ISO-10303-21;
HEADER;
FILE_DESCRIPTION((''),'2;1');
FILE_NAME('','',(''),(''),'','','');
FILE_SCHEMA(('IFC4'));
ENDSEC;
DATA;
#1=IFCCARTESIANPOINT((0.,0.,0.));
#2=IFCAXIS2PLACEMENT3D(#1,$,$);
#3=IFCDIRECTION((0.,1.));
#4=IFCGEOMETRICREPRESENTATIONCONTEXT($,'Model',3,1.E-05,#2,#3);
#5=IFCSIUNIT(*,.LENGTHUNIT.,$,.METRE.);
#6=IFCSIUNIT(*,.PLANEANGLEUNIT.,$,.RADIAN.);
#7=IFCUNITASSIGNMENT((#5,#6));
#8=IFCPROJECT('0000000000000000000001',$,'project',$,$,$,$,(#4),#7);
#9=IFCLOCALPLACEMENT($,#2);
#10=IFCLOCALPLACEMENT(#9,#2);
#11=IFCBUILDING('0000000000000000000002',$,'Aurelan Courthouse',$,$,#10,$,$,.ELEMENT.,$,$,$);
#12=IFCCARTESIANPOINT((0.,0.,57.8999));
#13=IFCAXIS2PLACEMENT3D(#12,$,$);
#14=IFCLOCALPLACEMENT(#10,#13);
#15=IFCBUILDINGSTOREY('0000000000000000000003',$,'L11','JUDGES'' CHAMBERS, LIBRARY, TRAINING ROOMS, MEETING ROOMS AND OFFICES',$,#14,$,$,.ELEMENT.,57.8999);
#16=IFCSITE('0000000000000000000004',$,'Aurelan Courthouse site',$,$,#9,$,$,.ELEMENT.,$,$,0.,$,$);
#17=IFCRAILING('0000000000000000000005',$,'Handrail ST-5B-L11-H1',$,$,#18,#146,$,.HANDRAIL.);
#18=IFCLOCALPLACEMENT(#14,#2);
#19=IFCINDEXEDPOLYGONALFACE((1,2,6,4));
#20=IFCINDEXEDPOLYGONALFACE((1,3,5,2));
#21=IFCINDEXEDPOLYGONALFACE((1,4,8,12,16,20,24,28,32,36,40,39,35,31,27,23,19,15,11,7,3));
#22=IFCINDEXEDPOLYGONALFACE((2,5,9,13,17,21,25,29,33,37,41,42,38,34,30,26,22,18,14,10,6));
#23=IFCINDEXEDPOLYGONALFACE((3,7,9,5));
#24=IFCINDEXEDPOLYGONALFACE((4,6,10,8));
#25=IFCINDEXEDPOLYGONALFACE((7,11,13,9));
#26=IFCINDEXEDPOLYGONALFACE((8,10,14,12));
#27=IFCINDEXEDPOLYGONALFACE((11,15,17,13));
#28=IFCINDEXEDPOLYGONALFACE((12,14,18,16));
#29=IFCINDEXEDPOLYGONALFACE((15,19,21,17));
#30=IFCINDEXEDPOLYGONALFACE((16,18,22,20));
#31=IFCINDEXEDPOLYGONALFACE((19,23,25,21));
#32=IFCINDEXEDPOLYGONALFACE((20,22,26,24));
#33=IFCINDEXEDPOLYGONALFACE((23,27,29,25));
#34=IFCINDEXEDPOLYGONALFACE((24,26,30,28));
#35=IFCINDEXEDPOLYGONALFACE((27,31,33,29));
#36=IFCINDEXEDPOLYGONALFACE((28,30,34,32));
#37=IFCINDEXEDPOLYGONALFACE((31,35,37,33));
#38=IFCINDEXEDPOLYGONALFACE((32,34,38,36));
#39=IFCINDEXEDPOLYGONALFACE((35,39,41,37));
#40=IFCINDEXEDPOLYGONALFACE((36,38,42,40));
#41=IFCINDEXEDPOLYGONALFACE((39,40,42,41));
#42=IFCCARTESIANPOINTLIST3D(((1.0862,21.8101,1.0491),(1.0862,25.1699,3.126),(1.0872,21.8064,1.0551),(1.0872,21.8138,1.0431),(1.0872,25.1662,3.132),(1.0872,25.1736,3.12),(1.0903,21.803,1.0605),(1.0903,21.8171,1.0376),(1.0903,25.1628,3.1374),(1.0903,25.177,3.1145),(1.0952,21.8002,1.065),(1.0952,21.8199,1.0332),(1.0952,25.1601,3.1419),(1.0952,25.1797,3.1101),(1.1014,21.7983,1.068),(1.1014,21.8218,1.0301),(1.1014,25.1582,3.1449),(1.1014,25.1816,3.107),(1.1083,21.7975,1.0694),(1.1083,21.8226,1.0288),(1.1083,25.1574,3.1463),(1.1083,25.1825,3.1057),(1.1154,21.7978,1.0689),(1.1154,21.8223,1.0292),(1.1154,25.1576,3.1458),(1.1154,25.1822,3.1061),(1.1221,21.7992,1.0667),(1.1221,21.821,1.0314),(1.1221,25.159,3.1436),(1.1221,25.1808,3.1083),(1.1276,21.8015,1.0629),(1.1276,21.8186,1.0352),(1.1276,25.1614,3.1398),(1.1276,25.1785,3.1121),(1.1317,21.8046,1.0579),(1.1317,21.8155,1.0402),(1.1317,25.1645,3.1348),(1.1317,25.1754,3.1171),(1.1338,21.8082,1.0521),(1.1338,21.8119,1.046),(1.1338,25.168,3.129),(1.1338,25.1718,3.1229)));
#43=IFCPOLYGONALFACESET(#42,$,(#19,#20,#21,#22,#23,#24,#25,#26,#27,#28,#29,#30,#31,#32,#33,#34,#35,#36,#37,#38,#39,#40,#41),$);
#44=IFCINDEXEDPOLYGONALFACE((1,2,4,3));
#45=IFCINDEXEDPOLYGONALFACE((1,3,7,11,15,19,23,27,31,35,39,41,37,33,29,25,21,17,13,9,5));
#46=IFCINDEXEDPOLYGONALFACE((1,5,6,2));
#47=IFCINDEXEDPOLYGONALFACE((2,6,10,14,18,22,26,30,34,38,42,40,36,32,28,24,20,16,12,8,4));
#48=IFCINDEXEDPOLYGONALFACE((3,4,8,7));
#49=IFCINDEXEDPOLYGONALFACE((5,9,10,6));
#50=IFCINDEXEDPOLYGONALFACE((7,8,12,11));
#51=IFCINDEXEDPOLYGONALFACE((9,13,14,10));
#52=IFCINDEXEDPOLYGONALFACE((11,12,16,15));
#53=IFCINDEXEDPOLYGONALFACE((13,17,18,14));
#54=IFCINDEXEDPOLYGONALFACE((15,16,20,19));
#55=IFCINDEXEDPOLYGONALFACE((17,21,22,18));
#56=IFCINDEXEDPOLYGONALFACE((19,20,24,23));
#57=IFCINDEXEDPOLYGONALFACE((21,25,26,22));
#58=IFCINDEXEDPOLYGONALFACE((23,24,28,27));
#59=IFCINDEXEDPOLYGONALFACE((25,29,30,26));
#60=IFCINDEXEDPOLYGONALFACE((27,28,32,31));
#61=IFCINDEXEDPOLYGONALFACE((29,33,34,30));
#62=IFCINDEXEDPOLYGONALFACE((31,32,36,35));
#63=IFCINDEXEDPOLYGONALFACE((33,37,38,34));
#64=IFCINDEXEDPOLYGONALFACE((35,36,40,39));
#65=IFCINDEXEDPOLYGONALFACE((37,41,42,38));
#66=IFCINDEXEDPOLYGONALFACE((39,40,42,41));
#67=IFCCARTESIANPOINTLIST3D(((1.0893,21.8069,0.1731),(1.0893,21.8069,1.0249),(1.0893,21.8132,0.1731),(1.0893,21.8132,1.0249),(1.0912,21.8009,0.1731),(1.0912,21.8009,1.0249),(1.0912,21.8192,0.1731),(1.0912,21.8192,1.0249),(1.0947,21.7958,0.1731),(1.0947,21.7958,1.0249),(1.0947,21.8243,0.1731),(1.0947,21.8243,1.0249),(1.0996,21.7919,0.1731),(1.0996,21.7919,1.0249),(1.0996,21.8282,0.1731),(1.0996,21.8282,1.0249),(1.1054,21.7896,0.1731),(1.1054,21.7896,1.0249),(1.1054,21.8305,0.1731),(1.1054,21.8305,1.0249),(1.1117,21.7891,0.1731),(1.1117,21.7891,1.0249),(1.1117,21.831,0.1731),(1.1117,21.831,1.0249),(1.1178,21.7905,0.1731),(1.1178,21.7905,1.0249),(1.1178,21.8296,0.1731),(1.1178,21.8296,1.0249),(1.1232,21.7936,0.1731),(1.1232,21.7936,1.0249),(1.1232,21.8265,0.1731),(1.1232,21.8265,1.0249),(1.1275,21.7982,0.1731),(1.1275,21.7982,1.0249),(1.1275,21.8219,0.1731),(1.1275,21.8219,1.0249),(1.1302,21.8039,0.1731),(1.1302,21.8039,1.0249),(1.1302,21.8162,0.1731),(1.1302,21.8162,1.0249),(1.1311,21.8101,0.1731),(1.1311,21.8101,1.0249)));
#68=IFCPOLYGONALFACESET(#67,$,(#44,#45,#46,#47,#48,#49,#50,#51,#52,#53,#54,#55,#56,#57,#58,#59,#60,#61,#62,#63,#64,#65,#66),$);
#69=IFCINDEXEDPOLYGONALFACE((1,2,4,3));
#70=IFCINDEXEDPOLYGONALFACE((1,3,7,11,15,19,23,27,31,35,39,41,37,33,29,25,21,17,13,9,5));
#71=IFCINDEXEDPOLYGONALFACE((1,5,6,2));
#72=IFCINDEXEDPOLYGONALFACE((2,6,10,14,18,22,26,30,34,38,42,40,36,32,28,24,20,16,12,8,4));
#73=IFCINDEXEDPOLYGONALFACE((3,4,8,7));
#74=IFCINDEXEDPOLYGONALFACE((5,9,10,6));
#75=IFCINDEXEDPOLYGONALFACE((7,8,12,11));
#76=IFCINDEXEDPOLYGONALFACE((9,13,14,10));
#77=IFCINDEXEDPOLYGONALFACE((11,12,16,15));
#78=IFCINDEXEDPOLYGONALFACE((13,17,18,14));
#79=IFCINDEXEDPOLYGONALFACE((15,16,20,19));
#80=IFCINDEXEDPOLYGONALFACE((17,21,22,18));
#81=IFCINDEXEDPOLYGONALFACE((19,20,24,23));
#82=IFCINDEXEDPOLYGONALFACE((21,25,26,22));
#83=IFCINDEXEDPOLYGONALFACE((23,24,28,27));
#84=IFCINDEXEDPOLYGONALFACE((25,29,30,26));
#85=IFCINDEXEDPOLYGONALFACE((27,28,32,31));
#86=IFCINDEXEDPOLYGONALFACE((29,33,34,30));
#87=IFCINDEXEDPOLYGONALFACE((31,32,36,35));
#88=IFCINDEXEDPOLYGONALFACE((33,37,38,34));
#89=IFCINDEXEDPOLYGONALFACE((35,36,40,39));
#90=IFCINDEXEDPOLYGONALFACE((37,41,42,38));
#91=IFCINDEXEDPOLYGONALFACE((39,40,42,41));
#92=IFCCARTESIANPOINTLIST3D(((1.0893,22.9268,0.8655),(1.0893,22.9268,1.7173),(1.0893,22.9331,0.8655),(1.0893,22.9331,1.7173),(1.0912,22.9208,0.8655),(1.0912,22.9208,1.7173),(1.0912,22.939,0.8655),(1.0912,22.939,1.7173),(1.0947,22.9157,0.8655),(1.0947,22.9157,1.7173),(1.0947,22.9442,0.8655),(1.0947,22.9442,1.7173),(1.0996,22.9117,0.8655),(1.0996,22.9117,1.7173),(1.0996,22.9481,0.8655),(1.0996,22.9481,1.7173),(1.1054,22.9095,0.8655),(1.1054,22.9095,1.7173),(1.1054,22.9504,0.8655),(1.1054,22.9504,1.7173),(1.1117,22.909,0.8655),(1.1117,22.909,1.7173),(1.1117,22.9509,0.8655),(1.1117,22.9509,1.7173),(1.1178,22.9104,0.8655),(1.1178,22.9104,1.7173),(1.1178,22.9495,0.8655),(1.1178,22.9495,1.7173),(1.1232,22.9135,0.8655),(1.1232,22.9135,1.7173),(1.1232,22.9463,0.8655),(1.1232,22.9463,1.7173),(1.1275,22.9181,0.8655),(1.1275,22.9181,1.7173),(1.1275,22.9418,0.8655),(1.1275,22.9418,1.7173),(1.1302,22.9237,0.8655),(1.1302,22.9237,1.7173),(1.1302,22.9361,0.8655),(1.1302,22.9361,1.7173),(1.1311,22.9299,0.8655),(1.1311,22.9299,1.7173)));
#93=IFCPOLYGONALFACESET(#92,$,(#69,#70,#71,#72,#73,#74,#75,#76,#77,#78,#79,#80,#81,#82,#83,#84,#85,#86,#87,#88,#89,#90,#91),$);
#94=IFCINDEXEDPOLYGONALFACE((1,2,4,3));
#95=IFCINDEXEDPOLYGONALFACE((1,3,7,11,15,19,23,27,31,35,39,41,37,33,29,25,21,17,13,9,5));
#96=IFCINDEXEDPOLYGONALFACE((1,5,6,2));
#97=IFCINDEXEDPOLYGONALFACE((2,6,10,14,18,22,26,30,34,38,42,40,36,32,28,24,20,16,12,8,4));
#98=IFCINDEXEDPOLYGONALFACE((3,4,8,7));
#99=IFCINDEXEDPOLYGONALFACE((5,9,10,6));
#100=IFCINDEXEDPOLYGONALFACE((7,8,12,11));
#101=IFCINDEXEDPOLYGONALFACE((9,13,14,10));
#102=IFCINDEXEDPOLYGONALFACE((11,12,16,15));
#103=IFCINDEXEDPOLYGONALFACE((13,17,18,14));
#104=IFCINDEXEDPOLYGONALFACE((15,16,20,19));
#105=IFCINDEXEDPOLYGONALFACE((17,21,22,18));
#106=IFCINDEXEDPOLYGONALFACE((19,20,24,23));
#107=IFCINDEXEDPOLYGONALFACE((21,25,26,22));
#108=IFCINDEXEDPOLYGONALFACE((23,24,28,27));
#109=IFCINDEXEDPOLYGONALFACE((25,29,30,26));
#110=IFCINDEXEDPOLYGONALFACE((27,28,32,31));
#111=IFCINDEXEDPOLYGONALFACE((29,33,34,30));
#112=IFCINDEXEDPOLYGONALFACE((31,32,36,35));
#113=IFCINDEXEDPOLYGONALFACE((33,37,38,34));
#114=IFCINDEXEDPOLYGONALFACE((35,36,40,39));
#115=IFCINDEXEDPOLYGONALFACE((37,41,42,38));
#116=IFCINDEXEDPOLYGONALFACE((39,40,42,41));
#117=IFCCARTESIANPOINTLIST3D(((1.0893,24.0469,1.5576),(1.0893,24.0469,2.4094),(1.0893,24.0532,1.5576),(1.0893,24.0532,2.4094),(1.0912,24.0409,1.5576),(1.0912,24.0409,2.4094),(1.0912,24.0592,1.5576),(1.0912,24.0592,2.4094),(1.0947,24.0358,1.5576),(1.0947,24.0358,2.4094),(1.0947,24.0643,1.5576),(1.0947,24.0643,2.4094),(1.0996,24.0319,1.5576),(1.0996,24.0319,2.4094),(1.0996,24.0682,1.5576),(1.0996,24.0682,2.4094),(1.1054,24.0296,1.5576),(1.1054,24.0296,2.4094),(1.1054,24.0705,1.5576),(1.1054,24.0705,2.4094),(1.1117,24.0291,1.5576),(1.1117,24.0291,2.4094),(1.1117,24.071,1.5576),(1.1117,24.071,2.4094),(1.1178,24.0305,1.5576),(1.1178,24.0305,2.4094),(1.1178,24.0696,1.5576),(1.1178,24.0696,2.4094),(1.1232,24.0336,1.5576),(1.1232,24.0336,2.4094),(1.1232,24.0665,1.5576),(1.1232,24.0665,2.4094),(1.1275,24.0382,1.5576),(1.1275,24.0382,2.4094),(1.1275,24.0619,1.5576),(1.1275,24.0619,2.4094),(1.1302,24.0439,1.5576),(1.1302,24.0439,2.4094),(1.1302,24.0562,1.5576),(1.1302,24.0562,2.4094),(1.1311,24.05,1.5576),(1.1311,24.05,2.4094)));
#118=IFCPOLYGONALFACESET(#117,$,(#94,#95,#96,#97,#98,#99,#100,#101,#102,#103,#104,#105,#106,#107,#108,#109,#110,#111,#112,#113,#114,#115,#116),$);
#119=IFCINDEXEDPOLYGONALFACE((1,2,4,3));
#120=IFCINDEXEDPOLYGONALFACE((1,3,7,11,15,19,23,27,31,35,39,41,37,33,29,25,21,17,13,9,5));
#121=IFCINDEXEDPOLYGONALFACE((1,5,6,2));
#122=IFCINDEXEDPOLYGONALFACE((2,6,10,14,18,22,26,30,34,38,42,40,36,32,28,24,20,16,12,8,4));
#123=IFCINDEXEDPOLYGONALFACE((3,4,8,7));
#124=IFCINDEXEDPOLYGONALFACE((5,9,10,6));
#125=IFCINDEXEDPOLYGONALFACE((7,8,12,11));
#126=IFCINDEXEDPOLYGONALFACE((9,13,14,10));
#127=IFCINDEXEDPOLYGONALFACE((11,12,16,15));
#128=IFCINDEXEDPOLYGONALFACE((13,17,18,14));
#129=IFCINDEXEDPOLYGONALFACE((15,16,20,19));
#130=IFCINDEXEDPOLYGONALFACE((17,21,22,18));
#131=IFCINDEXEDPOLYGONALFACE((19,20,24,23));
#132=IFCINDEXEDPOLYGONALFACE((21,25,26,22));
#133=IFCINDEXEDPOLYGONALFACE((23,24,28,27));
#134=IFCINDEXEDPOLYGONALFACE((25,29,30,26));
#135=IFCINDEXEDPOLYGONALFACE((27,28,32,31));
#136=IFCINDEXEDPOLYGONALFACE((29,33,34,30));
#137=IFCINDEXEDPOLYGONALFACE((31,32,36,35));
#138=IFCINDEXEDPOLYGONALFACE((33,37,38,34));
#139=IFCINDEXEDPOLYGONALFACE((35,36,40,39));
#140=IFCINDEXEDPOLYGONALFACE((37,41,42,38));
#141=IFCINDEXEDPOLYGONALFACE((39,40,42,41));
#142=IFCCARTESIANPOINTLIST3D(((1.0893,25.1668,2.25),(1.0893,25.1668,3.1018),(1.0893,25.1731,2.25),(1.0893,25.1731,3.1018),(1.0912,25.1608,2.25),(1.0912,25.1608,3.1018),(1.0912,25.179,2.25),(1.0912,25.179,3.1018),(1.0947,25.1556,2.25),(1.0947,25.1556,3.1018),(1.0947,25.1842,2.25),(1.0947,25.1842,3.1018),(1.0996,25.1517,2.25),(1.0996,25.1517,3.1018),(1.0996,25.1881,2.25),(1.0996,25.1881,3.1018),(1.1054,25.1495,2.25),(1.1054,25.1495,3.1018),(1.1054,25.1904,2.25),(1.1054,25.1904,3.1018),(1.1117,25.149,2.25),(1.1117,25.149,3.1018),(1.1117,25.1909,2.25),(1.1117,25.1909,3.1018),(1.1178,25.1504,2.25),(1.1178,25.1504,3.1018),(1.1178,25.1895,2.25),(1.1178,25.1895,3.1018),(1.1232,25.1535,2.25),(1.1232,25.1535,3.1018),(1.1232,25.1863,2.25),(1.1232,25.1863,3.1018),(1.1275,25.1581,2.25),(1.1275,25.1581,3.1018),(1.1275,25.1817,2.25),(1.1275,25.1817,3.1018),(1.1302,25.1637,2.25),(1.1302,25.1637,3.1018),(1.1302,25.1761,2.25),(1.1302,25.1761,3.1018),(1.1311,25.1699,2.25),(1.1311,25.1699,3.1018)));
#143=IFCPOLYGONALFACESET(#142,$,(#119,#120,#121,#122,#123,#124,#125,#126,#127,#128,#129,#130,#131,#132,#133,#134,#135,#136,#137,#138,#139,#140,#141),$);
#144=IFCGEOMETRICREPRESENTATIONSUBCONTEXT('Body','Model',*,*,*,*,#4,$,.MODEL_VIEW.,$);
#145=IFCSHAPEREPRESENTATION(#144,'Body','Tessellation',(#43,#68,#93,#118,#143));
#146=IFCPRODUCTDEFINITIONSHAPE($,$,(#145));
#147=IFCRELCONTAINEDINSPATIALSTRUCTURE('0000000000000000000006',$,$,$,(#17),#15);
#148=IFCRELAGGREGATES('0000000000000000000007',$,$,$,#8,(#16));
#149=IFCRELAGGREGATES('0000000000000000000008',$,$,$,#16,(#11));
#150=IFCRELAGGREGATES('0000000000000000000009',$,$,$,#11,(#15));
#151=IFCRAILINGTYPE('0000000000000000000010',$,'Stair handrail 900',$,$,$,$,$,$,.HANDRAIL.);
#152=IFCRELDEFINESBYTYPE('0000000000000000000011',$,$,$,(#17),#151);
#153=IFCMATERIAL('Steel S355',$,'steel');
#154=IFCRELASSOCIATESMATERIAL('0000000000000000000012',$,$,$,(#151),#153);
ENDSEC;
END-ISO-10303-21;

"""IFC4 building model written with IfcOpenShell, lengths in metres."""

from ifc_helpers import new_model, si_unit, direction, frame, origin, origin_2d, place, context, subcontext, project, spatial, circle, extrude, material, type_object, element, save


model = new_model("IFC4")

# Units and contexts
model_context = context("Model", 3, precision=1e-05, world=origin(), true_north=direction((0.0, 1.0)))
body_context = subcontext(model_context, "Body", "Model", "MODEL_VIEW")
ifc_project = project(units=[si_unit("LENGTHUNIT", "METRE"), si_unit("PLANEANGLEUNIT", "RADIAN")], contexts=[model_context])

# Site, building, storey
site_placement = place(None, origin())
site = spatial("IfcSite", under=ifc_project, at=site_placement, Name="Aurelan Courthouse site", CompositionType="ELEMENT", RefElevation=0.0)
building_placement = place(site_placement, origin())
building = spatial("IfcBuilding", under=site, at=building_placement, Name="Aurelan Courthouse", CompositionType="ELEMENT")
storey_placement = place(building_placement, frame((0.0, 0.0, 57.8999)))
storey = spatial("IfcBuildingStorey", under=building, at=storey_placement, Name="L11", Description="JUDGES' CHAMBERS, LIBRARY, TRAINING ROOMS, MEETING ROOMS AND OFFICES", CompositionType="ELEMENT", Elevation=57.8999)

# Railing
ifc_material_1 = material(Name="Steel S355", Category="steel")
railing_type_1 = type_object("IfcRailingType", Name="Stair handrail 900", PredefinedType="HANDRAIL", material=ifc_material_1)
for number, where, name in (
    (1, (1.1101, 21.8101, 0.1731), "Handrail ST-5B-L11-H1"),
):
    element("IfcRailing", number, at=place(storey_placement, frame(where)), inside=storey, type_object=railing_type_1, Name=name, PredefinedType="HANDRAIL", context=body_context, shape_type="SweptSolid", body=[
        extrude(circle(Radius=0.0239, at=origin_2d()), frame((0.0, 0.0, 0.876), z_axis=(0.0, 0.850606, 0.525803), x_axis=(-1.0, 0.0, 0.0)), (0.0, 0.0, 1.0), 3.95),
        extrude(circle(Radius=0.021, at=origin_2d()), origin(), (0.0, 0.0, 1.0), 0.8518),
        extrude(circle(Radius=0.021, at=origin_2d()), frame((0.0, 1.1199, 0.6924)), (0.0, 0.0, 1.0), 0.8518),
        extrude(circle(Radius=0.021, at=origin_2d()), frame((0.0, 2.24, 1.3845)), (0.0, 0.0, 1.0), 0.8518),
        extrude(circle(Radius=0.021, at=origin_2d()), frame((0.0, 3.3599, 2.0769)), (0.0, 0.0, 1.0), 0.8518),
    ])

save(model, "model.ifc")
